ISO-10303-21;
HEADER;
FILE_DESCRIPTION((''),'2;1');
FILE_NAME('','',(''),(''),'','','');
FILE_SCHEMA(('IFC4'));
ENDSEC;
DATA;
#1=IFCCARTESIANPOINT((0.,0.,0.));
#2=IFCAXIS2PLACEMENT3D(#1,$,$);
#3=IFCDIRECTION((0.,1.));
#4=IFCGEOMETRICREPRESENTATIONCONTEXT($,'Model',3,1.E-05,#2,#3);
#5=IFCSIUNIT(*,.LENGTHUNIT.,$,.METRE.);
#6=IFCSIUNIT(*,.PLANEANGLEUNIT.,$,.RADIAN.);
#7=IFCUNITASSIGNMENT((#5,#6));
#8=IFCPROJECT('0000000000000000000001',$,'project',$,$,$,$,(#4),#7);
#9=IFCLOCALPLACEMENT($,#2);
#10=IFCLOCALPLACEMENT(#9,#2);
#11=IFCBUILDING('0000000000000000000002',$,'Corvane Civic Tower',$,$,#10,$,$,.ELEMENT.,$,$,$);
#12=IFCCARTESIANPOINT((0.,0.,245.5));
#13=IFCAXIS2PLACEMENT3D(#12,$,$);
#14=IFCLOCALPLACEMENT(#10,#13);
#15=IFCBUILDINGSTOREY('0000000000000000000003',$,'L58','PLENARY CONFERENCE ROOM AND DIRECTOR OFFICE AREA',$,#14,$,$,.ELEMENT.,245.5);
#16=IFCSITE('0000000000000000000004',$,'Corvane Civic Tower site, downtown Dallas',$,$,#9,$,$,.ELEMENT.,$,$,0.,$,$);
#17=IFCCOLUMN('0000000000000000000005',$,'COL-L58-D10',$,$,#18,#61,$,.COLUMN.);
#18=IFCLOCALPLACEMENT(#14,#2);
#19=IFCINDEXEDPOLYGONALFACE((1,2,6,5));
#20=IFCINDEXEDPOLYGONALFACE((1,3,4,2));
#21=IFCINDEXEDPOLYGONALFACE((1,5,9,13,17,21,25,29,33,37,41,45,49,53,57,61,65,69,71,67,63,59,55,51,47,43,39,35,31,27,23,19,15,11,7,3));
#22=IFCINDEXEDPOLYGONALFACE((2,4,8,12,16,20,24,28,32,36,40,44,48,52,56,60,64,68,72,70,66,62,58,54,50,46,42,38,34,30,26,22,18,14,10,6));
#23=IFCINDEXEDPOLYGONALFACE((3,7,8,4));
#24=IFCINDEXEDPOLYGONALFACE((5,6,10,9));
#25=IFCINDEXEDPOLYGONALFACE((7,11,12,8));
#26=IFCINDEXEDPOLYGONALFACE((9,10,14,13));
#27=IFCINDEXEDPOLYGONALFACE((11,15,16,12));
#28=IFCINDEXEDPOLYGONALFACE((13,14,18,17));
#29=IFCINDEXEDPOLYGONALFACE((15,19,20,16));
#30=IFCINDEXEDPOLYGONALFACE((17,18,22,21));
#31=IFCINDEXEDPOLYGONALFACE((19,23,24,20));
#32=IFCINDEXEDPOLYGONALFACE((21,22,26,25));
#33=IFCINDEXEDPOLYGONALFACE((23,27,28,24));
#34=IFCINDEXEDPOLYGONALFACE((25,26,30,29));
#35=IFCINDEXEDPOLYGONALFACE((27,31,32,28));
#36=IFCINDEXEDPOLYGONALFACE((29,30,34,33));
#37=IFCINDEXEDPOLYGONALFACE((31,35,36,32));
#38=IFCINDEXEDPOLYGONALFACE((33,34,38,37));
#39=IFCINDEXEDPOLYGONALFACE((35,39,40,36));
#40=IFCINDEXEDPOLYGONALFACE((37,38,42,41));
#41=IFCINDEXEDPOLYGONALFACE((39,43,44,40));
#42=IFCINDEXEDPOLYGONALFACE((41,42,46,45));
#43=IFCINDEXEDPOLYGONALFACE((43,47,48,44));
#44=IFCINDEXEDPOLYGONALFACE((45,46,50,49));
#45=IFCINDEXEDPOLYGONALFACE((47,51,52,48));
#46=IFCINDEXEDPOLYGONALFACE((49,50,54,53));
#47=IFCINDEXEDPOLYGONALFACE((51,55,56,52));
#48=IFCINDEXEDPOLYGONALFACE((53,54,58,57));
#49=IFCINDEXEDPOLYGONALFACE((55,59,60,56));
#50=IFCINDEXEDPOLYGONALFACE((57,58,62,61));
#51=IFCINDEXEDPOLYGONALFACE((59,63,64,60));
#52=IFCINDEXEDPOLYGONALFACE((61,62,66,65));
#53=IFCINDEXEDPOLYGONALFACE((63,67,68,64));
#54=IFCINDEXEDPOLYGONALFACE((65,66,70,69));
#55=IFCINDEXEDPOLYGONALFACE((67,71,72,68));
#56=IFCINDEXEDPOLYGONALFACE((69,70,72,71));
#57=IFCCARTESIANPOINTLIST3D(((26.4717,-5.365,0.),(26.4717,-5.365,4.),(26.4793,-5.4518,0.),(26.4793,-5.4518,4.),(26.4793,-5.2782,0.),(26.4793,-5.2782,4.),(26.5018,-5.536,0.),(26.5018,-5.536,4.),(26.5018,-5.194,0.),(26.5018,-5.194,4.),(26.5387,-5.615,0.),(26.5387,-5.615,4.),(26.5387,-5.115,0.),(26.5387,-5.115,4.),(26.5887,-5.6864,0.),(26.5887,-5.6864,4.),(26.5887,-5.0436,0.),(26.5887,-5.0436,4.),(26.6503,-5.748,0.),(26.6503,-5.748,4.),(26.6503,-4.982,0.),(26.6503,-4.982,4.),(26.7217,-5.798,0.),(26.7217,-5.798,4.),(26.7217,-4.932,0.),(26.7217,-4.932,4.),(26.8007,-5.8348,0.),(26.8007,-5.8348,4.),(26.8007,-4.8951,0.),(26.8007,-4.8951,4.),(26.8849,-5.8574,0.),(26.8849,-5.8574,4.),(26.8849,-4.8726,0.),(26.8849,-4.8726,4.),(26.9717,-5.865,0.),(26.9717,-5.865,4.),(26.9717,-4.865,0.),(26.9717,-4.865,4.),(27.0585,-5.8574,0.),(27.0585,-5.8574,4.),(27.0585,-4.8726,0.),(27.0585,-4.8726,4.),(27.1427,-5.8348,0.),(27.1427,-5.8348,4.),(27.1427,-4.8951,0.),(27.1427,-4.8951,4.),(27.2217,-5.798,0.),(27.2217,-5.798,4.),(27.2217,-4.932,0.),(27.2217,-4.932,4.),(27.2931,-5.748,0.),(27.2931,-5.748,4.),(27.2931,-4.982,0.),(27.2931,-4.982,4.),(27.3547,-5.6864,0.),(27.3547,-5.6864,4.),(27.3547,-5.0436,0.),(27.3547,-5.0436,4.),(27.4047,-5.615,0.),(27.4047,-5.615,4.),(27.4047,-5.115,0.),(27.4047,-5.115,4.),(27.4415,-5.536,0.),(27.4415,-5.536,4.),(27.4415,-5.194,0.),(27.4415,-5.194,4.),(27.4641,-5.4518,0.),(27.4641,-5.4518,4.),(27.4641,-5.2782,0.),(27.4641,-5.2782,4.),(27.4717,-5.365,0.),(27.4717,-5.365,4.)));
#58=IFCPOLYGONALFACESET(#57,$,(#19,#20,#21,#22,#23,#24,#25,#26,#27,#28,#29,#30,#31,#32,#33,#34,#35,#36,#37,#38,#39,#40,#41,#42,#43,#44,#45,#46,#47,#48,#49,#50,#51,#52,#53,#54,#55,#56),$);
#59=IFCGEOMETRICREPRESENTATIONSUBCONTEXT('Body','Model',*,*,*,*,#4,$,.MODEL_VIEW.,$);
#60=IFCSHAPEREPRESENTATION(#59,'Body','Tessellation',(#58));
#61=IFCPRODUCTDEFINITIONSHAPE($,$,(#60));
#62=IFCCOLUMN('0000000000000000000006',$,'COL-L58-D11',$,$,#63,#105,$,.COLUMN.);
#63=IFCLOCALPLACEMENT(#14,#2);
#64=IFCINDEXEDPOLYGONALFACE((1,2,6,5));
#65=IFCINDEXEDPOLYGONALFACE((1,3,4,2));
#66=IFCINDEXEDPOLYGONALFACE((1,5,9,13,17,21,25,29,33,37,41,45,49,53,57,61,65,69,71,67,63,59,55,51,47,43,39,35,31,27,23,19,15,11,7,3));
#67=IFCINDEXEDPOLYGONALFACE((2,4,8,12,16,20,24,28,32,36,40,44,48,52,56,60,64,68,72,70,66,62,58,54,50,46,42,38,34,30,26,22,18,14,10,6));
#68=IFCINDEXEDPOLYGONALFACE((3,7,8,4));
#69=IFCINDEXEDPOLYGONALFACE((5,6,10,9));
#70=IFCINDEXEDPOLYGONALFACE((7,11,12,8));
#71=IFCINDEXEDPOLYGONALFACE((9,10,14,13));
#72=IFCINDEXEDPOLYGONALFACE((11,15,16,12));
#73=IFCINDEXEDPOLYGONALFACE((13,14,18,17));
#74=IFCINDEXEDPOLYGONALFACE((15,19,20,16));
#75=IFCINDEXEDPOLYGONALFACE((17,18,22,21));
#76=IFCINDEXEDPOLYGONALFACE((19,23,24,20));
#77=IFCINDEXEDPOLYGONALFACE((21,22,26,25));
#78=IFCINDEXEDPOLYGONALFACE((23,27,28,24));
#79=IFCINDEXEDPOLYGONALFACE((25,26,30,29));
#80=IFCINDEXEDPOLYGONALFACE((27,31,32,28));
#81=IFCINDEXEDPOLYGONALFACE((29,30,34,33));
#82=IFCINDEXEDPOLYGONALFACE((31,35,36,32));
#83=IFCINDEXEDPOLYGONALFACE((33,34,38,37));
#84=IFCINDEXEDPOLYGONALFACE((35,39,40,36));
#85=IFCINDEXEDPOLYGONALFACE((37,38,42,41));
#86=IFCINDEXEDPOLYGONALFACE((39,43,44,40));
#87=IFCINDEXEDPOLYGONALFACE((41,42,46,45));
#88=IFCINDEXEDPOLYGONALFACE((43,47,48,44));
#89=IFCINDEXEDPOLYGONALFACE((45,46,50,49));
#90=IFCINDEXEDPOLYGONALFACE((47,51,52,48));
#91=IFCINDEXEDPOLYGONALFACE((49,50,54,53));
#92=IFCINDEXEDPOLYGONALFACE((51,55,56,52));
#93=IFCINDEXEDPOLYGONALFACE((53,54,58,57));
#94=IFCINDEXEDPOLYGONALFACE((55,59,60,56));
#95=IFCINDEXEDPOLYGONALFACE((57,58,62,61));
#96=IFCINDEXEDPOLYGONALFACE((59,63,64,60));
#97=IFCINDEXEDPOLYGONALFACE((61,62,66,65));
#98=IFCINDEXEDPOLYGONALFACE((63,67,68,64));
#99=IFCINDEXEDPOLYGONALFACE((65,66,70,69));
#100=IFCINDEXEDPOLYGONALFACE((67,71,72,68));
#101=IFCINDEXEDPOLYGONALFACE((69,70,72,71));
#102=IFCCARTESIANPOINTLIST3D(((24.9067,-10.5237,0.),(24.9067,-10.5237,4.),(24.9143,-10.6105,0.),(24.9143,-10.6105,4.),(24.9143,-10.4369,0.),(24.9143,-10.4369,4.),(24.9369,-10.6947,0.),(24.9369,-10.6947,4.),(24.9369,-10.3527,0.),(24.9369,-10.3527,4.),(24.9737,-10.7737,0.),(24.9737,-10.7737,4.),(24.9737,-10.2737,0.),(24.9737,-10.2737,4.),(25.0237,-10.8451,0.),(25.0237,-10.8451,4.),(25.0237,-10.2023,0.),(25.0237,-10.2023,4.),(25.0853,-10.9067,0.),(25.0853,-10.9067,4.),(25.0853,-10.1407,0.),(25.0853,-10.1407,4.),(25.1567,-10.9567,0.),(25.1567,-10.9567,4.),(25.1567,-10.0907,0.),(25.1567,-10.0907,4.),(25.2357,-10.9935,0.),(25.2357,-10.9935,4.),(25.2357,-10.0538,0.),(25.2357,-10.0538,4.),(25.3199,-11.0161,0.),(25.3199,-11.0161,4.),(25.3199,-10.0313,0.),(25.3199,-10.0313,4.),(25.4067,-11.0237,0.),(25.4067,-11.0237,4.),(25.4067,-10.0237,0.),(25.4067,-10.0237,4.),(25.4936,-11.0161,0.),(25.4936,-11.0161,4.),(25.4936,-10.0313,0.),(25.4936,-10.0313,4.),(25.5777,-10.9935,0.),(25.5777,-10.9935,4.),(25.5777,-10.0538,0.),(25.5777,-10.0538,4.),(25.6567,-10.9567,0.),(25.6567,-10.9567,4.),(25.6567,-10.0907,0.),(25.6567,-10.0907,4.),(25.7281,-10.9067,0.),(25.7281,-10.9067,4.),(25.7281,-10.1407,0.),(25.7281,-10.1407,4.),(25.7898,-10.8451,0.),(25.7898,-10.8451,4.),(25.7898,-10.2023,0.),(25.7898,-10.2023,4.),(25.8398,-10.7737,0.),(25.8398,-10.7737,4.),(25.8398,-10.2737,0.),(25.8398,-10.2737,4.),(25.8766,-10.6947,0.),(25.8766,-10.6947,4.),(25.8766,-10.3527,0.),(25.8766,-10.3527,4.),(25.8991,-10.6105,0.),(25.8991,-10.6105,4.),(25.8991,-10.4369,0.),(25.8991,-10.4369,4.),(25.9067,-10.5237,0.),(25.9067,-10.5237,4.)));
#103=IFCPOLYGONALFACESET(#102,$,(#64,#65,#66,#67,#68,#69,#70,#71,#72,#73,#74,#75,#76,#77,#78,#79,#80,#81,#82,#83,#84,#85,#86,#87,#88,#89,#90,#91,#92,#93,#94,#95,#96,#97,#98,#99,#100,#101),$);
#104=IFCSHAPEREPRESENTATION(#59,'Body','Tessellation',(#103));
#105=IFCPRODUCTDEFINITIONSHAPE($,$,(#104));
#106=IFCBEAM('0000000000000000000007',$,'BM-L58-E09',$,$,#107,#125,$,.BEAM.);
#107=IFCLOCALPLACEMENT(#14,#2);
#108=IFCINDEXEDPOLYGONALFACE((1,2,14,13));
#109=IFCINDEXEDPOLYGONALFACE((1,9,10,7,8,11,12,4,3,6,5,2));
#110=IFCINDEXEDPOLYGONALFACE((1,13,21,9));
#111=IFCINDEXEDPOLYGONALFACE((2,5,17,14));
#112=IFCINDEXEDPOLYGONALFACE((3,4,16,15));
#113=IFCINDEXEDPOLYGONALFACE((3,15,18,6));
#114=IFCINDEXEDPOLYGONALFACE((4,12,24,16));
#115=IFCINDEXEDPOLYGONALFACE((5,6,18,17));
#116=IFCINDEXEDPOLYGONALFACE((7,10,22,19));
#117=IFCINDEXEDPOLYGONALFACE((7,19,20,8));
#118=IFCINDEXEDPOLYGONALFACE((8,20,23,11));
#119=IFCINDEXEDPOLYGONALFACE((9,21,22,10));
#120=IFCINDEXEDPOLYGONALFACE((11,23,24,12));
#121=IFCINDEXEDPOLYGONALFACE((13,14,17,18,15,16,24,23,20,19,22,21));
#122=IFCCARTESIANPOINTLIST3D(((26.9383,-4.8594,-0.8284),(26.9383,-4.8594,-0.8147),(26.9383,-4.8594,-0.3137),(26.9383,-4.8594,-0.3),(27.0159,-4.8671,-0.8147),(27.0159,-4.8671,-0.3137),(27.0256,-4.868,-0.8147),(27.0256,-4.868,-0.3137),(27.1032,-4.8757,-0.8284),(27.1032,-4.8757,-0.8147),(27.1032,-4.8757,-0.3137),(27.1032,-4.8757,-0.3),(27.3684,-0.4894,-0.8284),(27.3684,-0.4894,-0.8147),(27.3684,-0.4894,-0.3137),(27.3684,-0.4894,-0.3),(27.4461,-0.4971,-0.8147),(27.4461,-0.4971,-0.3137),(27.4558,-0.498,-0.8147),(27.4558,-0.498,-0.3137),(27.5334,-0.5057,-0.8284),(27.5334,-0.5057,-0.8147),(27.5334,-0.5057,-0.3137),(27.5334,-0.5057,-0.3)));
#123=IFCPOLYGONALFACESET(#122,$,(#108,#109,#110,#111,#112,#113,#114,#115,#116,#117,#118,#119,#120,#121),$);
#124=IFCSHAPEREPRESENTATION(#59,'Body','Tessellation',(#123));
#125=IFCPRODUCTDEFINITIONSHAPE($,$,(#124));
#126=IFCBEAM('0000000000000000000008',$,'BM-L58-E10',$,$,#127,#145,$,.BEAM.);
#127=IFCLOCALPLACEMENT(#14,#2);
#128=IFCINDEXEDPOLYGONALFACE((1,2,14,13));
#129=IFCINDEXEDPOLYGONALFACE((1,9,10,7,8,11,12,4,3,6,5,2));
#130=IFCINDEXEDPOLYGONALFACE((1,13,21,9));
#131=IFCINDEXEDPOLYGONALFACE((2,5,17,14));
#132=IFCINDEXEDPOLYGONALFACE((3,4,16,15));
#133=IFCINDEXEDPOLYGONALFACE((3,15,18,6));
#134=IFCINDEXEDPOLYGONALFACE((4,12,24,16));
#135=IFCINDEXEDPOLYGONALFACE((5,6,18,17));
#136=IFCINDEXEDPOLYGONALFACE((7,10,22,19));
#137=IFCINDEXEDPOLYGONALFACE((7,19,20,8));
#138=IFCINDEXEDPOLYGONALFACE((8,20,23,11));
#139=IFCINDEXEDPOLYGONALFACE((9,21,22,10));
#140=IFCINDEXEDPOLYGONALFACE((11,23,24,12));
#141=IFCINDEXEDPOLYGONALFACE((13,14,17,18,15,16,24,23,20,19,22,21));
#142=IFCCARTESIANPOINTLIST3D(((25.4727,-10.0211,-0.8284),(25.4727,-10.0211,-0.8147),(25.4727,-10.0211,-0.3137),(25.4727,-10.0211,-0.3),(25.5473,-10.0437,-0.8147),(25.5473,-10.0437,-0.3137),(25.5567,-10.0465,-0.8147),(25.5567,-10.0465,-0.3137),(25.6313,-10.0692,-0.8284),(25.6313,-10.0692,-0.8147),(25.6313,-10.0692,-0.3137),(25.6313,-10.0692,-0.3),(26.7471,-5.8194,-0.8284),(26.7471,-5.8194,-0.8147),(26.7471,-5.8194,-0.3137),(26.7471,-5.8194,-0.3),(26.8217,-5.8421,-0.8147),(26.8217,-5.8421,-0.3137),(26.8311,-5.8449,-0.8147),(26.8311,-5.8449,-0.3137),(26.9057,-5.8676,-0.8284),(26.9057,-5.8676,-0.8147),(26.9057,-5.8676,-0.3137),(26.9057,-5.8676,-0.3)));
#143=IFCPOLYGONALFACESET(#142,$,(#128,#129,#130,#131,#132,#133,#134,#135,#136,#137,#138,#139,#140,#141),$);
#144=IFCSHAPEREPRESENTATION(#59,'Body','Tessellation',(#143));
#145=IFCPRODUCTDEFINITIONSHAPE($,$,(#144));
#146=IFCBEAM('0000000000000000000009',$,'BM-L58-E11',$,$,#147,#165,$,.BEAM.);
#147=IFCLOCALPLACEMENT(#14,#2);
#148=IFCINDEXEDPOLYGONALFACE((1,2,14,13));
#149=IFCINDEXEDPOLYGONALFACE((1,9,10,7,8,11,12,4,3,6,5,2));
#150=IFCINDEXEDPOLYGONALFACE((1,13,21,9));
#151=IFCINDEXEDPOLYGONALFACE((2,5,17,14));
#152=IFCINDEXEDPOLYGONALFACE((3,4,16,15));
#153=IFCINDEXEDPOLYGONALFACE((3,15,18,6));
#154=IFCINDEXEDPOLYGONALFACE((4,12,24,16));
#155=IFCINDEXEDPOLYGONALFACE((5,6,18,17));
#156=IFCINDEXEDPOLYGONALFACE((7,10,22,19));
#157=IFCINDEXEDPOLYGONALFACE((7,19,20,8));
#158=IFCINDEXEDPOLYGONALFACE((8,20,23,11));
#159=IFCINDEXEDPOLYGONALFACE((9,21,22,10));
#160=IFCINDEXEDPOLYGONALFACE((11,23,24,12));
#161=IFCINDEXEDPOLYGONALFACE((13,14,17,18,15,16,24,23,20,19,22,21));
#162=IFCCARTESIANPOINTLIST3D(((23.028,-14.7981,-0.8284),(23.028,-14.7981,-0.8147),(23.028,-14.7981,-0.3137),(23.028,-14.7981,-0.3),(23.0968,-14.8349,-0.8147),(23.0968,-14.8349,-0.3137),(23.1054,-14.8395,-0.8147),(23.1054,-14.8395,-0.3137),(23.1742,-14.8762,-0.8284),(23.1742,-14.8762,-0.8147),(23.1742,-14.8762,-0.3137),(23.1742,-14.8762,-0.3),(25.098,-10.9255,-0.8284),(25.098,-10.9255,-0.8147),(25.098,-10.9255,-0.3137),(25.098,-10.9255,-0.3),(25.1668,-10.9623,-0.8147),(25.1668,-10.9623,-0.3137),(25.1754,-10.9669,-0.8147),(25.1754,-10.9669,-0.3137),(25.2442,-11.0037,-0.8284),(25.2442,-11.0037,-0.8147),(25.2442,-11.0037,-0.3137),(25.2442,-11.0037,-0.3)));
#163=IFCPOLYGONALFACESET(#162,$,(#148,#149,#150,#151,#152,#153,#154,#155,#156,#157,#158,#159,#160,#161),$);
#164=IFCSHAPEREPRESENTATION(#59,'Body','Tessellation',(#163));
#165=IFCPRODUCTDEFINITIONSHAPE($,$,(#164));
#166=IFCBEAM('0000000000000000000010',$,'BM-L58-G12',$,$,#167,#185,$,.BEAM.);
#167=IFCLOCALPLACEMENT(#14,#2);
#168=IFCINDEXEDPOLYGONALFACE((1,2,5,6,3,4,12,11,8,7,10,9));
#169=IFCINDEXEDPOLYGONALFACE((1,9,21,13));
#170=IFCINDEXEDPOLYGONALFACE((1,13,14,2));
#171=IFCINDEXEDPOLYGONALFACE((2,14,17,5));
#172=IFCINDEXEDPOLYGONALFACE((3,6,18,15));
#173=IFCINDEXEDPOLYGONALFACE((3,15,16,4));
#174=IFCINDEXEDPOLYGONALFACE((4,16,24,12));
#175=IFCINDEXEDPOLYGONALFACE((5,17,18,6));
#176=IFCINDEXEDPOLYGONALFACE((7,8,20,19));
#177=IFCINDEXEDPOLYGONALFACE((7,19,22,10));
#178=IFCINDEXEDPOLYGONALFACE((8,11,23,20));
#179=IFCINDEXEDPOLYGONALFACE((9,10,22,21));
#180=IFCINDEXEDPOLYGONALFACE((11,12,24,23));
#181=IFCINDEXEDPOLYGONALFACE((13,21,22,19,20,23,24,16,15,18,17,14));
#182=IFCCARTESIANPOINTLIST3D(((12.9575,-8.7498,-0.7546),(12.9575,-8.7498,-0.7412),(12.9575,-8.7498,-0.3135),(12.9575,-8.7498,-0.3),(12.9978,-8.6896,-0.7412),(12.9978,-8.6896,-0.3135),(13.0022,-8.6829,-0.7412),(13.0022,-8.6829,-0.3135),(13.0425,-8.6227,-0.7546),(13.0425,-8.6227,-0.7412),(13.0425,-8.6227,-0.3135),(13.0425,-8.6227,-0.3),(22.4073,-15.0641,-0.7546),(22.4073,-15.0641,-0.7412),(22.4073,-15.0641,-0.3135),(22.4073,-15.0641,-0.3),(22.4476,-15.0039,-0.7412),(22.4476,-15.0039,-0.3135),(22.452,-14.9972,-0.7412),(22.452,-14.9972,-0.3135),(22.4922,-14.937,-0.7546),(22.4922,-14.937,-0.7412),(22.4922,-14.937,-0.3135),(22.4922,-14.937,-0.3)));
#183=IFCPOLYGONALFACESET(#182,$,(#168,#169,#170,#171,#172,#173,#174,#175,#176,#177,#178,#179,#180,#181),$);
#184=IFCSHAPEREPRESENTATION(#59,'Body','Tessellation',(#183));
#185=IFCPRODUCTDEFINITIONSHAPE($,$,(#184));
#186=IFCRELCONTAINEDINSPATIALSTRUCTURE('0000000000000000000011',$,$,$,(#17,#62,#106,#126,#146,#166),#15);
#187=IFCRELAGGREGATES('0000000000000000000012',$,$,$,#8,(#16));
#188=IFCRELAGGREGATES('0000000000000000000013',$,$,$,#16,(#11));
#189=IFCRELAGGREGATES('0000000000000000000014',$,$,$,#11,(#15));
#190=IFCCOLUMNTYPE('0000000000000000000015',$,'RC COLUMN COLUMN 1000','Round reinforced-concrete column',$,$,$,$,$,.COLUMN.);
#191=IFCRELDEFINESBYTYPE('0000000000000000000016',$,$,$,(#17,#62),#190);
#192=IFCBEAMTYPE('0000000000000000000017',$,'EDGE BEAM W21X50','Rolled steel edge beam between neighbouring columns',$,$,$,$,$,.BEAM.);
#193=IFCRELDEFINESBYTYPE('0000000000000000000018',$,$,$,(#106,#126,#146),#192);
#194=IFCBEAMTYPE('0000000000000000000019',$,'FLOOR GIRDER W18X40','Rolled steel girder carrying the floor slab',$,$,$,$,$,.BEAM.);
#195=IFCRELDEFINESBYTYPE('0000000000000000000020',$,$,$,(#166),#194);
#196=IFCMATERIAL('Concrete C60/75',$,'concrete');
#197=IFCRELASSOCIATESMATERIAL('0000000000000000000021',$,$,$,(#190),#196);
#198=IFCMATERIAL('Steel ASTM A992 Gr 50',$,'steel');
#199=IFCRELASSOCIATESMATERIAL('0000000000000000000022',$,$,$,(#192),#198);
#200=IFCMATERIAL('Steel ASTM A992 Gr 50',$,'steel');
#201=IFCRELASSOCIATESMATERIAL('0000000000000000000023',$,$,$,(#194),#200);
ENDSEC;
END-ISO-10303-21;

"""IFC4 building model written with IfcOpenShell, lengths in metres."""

from ifc_helpers import new_model, si_unit, direction, frame, origin, origin_2d, place, context, subcontext, project, spatial, circle, i_section, extrude, material, material_profile, profile_set, type_object, element, save


model = new_model("IFC4")

# Units and contexts
model_context = context("Model", 3, precision=1e-05, world=origin(), true_north=direction((0.0, 1.0)))
body_context = subcontext(model_context, "Body", "Model", "MODEL_VIEW")
ifc_project = project(units=[si_unit("LENGTHUNIT", "METRE"), si_unit("PLANEANGLEUNIT", "RADIAN")], contexts=[model_context])

# Site, building, storey
site_placement = place(None, origin())
site = spatial("IfcSite", under=ifc_project, at=site_placement, Name="Corvane Civic Tower site, downtown Dallas", CompositionType="ELEMENT", RefElevation=0.0)
building_placement = place(site_placement, origin())
building = spatial("IfcBuilding", under=site, at=building_placement, Name="Corvane Civic Tower", CompositionType="ELEMENT")
storey_placement = place(building_placement, frame((0.0, 0.0, 245.5)))
storey = spatial("IfcBuildingStorey", under=building, at=storey_placement, Name="L58", Description="PLENARY CONFERENCE ROOM AND DIRECTOR OFFICE AREA", CompositionType="ELEMENT", Elevation=245.5)

# Columns
ifc_material_1 = material(Name="Concrete C60/75", Category="concrete")
ifc_material_profile_1 = material_profile(ifc_material_1, circle(Radius=0.5, at=origin_2d()), Name="COLUMN 1000")
ifc_profile_set_1 = profile_set([ifc_material_profile_1], Name="Concrete C60/75")
column_type = type_object("IfcColumnType", Name="RC COLUMN COLUMN 1000", Description="Round reinforced-concrete column", PredefinedType="COLUMN", material=ifc_profile_set_1)
for number, where, z_axis, x_axis, name in (
    (1, (26.9717, -5.365, 0.0), (0.0, 0.0, 1.0), (1.0, 0.0, 0.0), "COL-L58-D10"),
    (2, (25.4067, -10.5237, 0.0), (0.0, 0.0, 1.0), (1.0, 0.0, 0.0), "COL-L58-D11"),
):
    element("IfcColumn", number, at=place(storey_placement, frame(where, z_axis=z_axis, x_axis=x_axis)), inside=storey, type_object=column_type, Name=name, PredefinedType="COLUMN", context=body_context, shape_type="SweptSolid", body=[
        extrude(circle(Radius=0.5, at=origin_2d()), origin(), (0.0, 0.0, 1.0), 4.0),
    ])

# Beams
ifc_material_2 = material(Name="Steel ASTM A992 Gr 50", Category="steel")
ifc_material_profile_2 = material_profile(ifc_material_2, i_section(OverallWidth=0.1658, OverallDepth=0.5283, WebThickness=0.0098, FlangeThickness=0.0137, at=origin_2d()), Name="W21X50")
ifc_profile_set_2 = profile_set([ifc_material_profile_2], Name="Steel ASTM A992 Gr 50")
beam_type_1 = type_object("IfcBeamType", Name="EDGE BEAM W21X50", Description="Rolled steel edge beam between neighbouring columns", PredefinedType="BEAM", material=ifc_profile_set_2)
beam_1_placement = place(storey_placement, frame((27.4509, -0.4976, -0.5642), z_axis=(-0.097968, -0.99519, 0.0), x_axis=(0.99519, -0.097968, 0.0)))
element("IfcBeam", 3, at=beam_1_placement, inside=storey, type_object=beam_type_1, Name="BM-L58-E09", PredefinedType="BEAM", context=body_context, shape_type="SweptSolid", body=[
    extrude(i_section(OverallWidth=0.1658, OverallDepth=0.5283, WebThickness=0.0098, FlangeThickness=0.0137, at=origin_2d()), origin(), (0.0, 0.0, 1.0), 4.3911),
])
beam_2_placement = place(storey_placement, frame((26.8264, -5.8435, -0.5642), z_axis=(-0.290254, -0.95695, 0.0), x_axis=(0.95695, -0.290254, 0.0)))
element("IfcBeam", 4, at=beam_2_placement, inside=storey, type_object=beam_type_1, Name="BM-L58-E10", PredefinedType="BEAM", context=body_context, shape_type="SweptSolid", body=[
    extrude(i_section(OverallWidth=0.1658, OverallDepth=0.5283, WebThickness=0.0098, FlangeThickness=0.0137, at=origin_2d()), origin(), (0.0, 0.0, 1.0), 4.3906),
])
beam_3_placement = place(storey_placement, frame((25.1711, -10.9646, -0.5642), z_axis=(-0.471422, -0.881908, 0.0), x_axis=(0.881908, -0.471422, 0.0)))
element("IfcBeam", 5, at=beam_3_placement, inside=storey, type_object=beam_type_1, Name="BM-L58-E11", PredefinedType="BEAM", context=body_context, shape_type="SweptSolid", body=[
    extrude(i_section(OverallWidth=0.1658, OverallDepth=0.5283, WebThickness=0.0098, FlangeThickness=0.0137, at=origin_2d()), origin(), (0.0, 0.0, 1.0), 4.3911),
])
ifc_material_3 = material(Name="Steel ASTM A992 Gr 50", Category="steel")
ifc_material_profile_3 = material_profile(ifc_material_3, i_section(OverallWidth=0.1528, OverallDepth=0.4546, WebThickness=0.0081, FlangeThickness=0.0134, at=origin_2d()), Name="W18X40")
ifc_profile_set_3 = profile_set([ifc_material_profile_3], Name="Steel ASTM A992 Gr 50")
beam_type_2 = type_object("IfcBeamType", Name="FLOOR GIRDER W18X40", Description="Rolled steel girder carrying the floor slab", PredefinedType="BEAM", material=ifc_profile_set_3)
beam_4_placement = place(storey_placement, frame((13.0, -8.6863, -0.5273), z_axis=(0.831465, -0.555577, 0.0), x_axis=(0.555577, 0.831465, 0.0)))
element("IfcBeam", 6, at=beam_4_placement, inside=storey, type_object=beam_type_2, Name="BM-L58-G12", PredefinedType="BEAM", context=body_context, shape_type="SweptSolid", body=[
    extrude(i_section(OverallWidth=0.1528, OverallDepth=0.4546, WebThickness=0.0081, FlangeThickness=0.0134, at=origin_2d()), origin(), (0.0, 0.0, 1.0), 11.3652),
])

save(model, "model.ifc")
